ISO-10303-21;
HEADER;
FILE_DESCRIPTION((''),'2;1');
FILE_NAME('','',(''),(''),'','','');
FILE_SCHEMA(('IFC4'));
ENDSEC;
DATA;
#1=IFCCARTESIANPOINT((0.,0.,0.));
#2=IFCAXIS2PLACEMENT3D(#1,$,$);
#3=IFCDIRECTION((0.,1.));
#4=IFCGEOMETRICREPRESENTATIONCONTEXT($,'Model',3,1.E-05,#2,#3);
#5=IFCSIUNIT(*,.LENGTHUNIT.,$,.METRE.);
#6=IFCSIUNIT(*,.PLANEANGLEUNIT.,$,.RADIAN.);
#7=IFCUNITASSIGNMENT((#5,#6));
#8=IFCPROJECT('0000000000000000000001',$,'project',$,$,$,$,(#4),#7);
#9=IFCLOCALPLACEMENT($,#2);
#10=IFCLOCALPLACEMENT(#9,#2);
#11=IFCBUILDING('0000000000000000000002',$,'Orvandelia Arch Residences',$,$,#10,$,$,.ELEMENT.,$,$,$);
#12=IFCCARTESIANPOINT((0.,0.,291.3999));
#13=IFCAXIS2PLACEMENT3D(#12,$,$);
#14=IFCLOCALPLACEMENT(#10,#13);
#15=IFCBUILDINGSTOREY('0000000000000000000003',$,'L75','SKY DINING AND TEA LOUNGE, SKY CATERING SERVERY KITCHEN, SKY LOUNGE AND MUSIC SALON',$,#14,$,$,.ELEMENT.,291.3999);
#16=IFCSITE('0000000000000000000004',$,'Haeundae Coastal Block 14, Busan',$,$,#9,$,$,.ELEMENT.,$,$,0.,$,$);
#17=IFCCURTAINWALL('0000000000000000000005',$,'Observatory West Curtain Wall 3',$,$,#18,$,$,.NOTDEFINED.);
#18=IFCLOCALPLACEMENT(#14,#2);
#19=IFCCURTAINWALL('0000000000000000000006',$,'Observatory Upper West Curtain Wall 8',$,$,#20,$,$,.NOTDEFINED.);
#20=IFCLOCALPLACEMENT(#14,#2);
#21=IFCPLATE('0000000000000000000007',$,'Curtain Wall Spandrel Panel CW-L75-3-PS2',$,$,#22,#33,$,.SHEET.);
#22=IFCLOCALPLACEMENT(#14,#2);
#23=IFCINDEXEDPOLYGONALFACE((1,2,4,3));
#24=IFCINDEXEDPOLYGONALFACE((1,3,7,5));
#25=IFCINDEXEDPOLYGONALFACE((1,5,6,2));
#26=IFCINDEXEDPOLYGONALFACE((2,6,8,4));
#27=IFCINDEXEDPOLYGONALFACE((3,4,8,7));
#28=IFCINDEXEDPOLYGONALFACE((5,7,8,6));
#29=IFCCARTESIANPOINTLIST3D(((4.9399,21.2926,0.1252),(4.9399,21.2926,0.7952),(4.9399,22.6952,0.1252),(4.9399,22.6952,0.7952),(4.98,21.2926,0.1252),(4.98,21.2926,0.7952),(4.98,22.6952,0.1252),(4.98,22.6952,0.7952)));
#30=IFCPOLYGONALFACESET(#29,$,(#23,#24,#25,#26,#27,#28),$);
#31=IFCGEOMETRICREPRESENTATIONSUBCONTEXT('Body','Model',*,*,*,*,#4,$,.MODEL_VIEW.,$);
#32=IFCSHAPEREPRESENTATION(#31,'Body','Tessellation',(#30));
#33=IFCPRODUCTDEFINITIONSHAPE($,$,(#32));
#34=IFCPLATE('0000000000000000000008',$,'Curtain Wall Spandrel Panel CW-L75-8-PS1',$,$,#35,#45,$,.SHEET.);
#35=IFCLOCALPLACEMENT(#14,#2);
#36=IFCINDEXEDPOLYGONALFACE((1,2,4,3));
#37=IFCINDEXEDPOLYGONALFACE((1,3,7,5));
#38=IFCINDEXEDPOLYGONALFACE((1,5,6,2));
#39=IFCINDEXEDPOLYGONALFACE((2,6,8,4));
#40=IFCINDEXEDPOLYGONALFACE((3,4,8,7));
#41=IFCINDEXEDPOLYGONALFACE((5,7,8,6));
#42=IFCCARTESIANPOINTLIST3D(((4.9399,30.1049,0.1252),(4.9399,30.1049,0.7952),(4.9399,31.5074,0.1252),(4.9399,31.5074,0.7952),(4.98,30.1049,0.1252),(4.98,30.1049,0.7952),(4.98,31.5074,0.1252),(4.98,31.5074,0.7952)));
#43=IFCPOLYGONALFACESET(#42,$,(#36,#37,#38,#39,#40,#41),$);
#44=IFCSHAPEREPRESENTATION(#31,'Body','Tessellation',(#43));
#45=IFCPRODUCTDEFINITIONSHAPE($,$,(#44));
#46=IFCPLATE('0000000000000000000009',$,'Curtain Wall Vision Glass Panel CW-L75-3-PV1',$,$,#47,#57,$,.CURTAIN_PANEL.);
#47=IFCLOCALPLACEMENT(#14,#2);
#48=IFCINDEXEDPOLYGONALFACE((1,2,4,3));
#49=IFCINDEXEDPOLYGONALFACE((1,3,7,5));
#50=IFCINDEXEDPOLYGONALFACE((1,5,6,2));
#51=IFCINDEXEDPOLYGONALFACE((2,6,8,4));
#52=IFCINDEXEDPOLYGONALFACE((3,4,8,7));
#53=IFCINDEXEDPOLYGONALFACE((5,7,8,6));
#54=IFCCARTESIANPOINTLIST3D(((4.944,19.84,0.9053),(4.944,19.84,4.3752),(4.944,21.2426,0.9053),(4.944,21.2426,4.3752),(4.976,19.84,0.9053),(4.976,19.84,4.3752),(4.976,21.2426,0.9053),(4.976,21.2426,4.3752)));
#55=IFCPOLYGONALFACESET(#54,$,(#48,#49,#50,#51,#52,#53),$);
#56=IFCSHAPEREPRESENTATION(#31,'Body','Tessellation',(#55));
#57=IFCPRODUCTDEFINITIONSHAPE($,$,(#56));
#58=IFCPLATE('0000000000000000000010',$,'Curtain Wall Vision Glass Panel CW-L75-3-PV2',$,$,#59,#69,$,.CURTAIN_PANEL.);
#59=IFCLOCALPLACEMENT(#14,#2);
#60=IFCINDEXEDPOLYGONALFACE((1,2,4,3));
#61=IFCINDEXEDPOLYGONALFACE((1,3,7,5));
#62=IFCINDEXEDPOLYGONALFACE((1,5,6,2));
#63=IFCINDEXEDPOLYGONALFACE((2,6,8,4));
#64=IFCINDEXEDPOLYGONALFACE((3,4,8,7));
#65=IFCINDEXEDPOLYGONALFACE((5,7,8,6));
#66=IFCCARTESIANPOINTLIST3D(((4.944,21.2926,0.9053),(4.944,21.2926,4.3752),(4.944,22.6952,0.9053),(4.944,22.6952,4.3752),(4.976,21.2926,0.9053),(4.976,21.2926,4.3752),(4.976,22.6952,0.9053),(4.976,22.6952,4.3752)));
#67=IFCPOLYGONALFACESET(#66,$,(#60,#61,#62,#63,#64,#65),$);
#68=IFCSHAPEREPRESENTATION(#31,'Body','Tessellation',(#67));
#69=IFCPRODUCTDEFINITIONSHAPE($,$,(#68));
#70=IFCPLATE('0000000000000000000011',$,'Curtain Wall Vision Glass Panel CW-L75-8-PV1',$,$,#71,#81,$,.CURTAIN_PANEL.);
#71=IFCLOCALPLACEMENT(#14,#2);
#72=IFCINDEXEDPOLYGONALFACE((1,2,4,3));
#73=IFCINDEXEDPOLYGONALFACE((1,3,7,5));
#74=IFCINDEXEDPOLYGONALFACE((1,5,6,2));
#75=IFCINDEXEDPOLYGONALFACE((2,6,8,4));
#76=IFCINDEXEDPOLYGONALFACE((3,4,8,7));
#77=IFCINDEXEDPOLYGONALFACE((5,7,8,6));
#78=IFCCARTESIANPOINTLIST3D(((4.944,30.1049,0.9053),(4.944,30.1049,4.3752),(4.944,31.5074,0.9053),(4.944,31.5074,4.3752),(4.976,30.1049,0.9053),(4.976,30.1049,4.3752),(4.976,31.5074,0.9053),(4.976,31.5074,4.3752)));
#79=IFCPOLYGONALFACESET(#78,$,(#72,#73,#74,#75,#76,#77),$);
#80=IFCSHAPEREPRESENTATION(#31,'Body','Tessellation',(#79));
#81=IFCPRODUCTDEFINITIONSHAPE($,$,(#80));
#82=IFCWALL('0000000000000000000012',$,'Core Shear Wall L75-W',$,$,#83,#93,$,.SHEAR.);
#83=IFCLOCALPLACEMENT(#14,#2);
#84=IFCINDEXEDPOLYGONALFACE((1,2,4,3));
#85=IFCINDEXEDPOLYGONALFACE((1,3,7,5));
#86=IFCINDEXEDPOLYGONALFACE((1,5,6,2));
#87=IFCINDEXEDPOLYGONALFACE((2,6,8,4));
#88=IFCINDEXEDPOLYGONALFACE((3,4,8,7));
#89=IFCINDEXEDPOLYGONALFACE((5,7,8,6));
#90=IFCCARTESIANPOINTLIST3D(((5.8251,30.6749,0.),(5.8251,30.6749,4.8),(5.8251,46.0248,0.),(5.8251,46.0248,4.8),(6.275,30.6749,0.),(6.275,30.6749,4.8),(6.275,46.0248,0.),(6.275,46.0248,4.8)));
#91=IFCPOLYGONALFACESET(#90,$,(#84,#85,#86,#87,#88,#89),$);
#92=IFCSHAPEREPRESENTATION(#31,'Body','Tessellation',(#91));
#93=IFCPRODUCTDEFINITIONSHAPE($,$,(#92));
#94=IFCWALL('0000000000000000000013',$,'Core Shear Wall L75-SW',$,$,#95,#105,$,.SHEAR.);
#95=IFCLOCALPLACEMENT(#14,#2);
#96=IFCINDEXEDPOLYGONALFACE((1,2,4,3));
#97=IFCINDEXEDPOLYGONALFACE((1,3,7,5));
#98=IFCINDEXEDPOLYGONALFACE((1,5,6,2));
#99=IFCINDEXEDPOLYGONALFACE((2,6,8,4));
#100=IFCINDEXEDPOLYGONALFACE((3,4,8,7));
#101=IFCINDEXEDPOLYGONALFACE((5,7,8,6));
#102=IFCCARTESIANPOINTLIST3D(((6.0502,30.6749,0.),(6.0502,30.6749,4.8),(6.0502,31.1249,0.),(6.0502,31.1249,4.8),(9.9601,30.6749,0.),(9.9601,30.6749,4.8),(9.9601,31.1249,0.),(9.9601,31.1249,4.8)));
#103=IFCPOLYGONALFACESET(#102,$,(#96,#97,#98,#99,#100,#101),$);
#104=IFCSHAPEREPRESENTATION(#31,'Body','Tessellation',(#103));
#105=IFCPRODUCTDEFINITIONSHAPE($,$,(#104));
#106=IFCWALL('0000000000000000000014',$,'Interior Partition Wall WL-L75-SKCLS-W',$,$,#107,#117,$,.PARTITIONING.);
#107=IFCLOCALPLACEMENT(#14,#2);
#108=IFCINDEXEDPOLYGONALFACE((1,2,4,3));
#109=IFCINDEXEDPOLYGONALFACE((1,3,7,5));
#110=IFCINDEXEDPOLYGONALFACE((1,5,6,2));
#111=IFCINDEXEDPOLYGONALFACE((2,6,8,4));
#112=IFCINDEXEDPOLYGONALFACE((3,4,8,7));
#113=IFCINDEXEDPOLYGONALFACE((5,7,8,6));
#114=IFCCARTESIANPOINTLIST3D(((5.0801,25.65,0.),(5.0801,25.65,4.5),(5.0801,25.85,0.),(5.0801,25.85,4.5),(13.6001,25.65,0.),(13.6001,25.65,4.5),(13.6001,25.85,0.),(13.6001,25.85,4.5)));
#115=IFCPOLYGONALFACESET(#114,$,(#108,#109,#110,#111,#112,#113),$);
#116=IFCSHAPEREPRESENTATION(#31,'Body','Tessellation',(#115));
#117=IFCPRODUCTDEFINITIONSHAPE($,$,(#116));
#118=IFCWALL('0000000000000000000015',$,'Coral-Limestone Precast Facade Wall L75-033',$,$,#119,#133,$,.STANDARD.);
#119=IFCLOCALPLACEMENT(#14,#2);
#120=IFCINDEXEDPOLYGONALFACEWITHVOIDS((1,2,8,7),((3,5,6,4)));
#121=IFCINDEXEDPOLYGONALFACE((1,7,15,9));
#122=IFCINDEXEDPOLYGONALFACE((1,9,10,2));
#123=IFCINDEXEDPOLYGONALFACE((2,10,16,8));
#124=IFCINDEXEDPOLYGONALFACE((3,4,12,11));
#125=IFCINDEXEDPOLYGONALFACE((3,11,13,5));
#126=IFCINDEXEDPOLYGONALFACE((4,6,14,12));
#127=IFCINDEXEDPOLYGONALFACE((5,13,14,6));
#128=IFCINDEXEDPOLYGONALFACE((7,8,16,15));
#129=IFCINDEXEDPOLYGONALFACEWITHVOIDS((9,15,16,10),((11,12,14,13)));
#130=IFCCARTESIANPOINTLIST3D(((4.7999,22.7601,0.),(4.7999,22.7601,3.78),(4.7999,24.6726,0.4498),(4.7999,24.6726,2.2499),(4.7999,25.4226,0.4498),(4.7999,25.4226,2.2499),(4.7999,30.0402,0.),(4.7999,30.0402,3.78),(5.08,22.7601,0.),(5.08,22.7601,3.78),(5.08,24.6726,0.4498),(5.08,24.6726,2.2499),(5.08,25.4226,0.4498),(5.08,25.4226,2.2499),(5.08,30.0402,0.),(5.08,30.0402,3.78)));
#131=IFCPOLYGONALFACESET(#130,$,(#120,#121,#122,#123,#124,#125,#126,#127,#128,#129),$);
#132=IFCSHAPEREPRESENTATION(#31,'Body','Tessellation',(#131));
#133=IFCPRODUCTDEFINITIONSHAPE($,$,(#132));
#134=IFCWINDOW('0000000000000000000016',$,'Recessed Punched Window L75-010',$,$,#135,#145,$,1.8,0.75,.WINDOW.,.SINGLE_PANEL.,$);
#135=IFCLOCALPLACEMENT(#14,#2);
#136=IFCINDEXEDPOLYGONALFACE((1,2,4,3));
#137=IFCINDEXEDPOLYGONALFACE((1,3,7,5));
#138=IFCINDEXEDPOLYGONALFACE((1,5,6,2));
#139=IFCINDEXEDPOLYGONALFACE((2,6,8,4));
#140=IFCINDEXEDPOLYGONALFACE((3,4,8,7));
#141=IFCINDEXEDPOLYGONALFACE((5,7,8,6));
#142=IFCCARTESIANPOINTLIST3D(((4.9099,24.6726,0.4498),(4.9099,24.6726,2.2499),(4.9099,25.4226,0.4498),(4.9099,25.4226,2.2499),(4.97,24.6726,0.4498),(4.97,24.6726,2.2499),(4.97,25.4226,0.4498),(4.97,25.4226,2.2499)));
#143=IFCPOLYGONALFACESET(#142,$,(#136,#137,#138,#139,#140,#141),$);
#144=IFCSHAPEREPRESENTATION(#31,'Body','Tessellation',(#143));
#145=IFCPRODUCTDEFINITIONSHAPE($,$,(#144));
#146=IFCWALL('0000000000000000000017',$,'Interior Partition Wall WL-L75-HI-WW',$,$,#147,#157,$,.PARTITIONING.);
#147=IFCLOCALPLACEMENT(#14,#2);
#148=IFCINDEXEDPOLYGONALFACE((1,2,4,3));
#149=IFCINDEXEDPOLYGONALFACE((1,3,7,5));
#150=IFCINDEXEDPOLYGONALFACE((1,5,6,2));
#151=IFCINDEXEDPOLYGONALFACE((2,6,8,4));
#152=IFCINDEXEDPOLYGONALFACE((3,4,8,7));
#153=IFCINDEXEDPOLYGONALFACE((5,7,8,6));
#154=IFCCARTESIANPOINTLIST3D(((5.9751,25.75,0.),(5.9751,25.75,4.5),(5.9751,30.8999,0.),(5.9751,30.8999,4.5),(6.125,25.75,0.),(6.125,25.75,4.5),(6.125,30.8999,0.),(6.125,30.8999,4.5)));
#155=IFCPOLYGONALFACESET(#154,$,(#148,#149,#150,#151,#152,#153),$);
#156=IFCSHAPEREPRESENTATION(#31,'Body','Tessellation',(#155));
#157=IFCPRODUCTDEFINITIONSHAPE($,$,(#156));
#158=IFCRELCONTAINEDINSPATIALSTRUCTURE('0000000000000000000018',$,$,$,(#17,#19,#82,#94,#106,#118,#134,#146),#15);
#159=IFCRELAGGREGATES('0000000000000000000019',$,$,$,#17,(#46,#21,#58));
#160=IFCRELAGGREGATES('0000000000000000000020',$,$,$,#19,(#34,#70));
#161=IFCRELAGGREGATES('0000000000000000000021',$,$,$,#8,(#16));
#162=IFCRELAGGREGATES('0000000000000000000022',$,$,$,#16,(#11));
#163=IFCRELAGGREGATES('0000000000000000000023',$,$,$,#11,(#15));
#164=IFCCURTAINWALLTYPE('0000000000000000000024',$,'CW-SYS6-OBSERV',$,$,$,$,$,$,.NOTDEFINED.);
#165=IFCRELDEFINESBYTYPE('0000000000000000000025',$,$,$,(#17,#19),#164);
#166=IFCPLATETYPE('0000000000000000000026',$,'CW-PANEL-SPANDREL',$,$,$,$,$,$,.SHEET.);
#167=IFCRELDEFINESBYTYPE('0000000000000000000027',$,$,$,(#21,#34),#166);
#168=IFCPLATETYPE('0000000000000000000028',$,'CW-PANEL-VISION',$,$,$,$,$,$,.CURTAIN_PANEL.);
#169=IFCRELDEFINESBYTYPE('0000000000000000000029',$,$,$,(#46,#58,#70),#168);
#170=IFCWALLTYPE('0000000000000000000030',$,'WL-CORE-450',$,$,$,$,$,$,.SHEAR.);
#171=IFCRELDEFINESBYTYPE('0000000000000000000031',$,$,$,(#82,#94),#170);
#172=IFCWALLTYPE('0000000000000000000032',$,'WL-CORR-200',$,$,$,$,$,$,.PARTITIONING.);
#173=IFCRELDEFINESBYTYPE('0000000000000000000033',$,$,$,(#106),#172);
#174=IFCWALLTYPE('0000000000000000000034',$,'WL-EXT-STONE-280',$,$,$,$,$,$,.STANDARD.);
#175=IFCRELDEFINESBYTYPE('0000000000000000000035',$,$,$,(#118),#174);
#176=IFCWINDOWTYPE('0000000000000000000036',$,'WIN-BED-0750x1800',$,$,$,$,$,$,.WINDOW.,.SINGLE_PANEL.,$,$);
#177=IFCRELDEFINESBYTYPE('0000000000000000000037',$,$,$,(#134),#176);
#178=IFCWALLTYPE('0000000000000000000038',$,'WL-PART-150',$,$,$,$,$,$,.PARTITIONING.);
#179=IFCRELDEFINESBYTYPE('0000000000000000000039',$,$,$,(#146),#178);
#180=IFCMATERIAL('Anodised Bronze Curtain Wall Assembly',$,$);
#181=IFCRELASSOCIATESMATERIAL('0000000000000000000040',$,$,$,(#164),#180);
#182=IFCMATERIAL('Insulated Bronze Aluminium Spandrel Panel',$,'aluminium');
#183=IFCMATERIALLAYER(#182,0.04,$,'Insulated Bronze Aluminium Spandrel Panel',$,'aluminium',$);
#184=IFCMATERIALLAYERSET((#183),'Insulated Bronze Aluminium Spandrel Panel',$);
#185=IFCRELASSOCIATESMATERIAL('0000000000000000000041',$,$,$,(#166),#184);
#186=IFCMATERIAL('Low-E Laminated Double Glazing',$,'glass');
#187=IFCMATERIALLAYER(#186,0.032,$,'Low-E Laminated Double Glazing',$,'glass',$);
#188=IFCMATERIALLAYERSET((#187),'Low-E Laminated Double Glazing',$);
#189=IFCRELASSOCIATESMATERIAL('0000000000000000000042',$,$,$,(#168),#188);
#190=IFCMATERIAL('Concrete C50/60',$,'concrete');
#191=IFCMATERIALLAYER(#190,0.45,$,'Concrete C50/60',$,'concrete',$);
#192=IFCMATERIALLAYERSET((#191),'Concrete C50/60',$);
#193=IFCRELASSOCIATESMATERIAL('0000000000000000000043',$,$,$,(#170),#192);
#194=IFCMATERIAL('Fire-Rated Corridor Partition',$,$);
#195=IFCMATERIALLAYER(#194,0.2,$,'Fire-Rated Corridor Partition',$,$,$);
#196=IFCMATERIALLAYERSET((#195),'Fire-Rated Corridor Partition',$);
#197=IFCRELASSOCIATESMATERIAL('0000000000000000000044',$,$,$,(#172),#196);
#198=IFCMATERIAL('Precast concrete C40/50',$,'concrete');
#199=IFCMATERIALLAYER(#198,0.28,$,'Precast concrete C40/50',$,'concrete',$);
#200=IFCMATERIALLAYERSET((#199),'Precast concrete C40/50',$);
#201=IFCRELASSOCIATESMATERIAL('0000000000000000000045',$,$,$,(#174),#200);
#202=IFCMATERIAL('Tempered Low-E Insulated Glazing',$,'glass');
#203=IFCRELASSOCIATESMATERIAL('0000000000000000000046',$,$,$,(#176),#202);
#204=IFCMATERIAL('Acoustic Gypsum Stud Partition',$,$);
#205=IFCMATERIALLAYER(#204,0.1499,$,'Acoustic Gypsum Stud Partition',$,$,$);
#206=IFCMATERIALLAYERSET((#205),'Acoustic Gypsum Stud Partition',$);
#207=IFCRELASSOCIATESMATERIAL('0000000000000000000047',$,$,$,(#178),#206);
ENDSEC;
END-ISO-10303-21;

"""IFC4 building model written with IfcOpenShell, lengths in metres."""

from ifc_helpers import new_model, si_unit, direction, frame, frame_2d, origin, origin_2d, place, context, subcontext, project, spatial, rectangle, extrude, material, layer, layer_set, type_object, element, fill, aggregate, save


model = new_model("IFC4")

# Units and contexts
model_context = context("Model", 3, precision=1e-05, world=origin(), true_north=direction((0.0, 1.0)))
body_context = subcontext(model_context, "Body", "Model", "MODEL_VIEW")
ifc_project = project(units=[si_unit("LENGTHUNIT", "METRE"), si_unit("PLANEANGLEUNIT", "RADIAN")], contexts=[model_context])

# Site, building, storey
site_placement = place(None, origin())
site = spatial("IfcSite", under=ifc_project, at=site_placement, Name="Haeundae Coastal Block 14, Busan", CompositionType="ELEMENT", RefElevation=0.0)
building_placement = place(site_placement, origin())
building = spatial("IfcBuilding", under=site, at=building_placement, Name="Orvandelia Arch Residences", CompositionType="ELEMENT")
storey_placement = place(building_placement, frame((0.0, 0.0, 291.3999)))
storey = spatial("IfcBuildingStorey", under=building, at=storey_placement, Name="L75", Description="SKY DINING AND TEA LOUNGE, SKY CATERING SERVERY KITCHEN, SKY LOUNGE AND MUSIC SALON", CompositionType="ELEMENT", Elevation=291.3999)

# Shared definitions
ifc_material_1 = material(Name="Concrete C50/60", Category="concrete")

# Curtain wall
ifc_material_2 = material(Name="Anodised Bronze Curtain Wall Assembly")
curtain_wall_type = type_object("IfcCurtainWallType", Name="CW-SYS6-OBSERV", PredefinedType="NOTDEFINED", material=ifc_material_2)
curtain_wall_1_placement = place(storey_placement, origin())
curtain_wall_1 = element("IfcCurtainWall", 1, at=curtain_wall_1_placement, inside=storey, type_object=curtain_wall_type, Name="Observatory West Curtain Wall 3", PredefinedType="NOTDEFINED")

# Curtain wall
curtain_wall_2_placement = place(storey_placement, origin())
curtain_wall_2 = element("IfcCurtainWall", 2, at=curtain_wall_2_placement, inside=storey, type_object=curtain_wall_type, Name="Observatory Upper West Curtain Wall 8", PredefinedType="NOTDEFINED")

# Plates
ifc_material_3 = material(Name="Insulated Bronze Aluminium Spandrel Panel", Category="aluminium")
ifc_layer_1 = layer(ifc_material_3, 0.04, Name="Insulated Bronze Aluminium Spandrel Panel", Category="aluminium")
ifc_layer_set_1 = layer_set([ifc_layer_1], Name="Insulated Bronze Aluminium Spandrel Panel")
plate_type_1 = type_object("IfcPlateType", Name="CW-PANEL-SPANDREL", PredefinedType="SHEET", material=ifc_layer_set_1)
plate_1_placement = place(storey_placement, frame((4.96, 21.9939, 0.1252), z_axis=(0.0, 0.0, 1.0), x_axis=(0.0, 1.0, 0.0)))
plate_1 = element("IfcPlate", 3, at=plate_1_placement, type_object=plate_type_1, Name="Curtain Wall Spandrel Panel CW-L75-3-PS2", PredefinedType="SHEET", context=body_context, shape_type="SweptSolid", body=[
    extrude(rectangle(XDim=1.4026, YDim=0.04, at=origin_2d()), origin(), (0.0, 0.0, 1.0), 0.6699),
])
plate_2_placement = place(storey_placement, frame((4.96, 30.8062, 0.1252), z_axis=(0.0, 0.0, 1.0), x_axis=(0.0, 1.0, 0.0)))
plate_2 = element("IfcPlate", 4, at=plate_2_placement, type_object=plate_type_1, Name="Curtain Wall Spandrel Panel CW-L75-8-PS1", PredefinedType="SHEET", context=body_context, shape_type="SweptSolid", body=[
    extrude(rectangle(XDim=1.4026, YDim=0.04, at=origin_2d()), origin(), (0.0, 0.0, 1.0), 0.6699),
])
ifc_material_4 = material(Name="Low-E Laminated Double Glazing", Category="glass")
ifc_layer_2 = layer(ifc_material_4, 0.032, Name="Low-E Laminated Double Glazing", Category="glass")
ifc_layer_set_2 = layer_set([ifc_layer_2], Name="Low-E Laminated Double Glazing")
plate_type_2 = type_object("IfcPlateType", Name="CW-PANEL-VISION", PredefinedType="CURTAIN_PANEL", material=ifc_layer_set_2)
plate_3_placement = place(storey_placement, frame((4.96, 20.5413, 0.9053), z_axis=(0.0, 0.0, 1.0), x_axis=(0.0, 1.0, 0.0)))
plate_3 = element("IfcPlate", 5, at=plate_3_placement, type_object=plate_type_2, Name="Curtain Wall Vision Glass Panel CW-L75-3-PV1", PredefinedType="CURTAIN_PANEL", context=body_context, shape_type="SweptSolid", body=[
    extrude(rectangle(XDim=1.4026, YDim=0.032, at=origin_2d()), origin(), (0.0, 0.0, 1.0), 3.47),
])
plate_4_placement = place(storey_placement, frame((4.96, 21.9939, 0.9053), z_axis=(0.0, 0.0, 1.0), x_axis=(0.0, 1.0, 0.0)))
plate_4 = element("IfcPlate", 6, at=plate_4_placement, type_object=plate_type_2, Name="Curtain Wall Vision Glass Panel CW-L75-3-PV2", PredefinedType="CURTAIN_PANEL", context=body_context, shape_type="SweptSolid", body=[
    extrude(rectangle(XDim=1.4026, YDim=0.032, at=origin_2d()), origin(), (0.0, 0.0, 1.0), 3.47),
])
aggregate(curtain_wall_1, [plate_3, plate_1, plate_4])
plate_5_placement = place(storey_placement, frame((4.96, 30.8062, 0.9053), z_axis=(0.0, 0.0, 1.0), x_axis=(0.0, 1.0, 0.0)))
plate_5 = element("IfcPlate", 7, at=plate_5_placement, type_object=plate_type_2, Name="Curtain Wall Vision Glass Panel CW-L75-8-PV1", PredefinedType="CURTAIN_PANEL", context=body_context, shape_type="SweptSolid", body=[
    extrude(rectangle(XDim=1.4026, YDim=0.032, at=origin_2d()), origin(), (0.0, 0.0, 1.0), 3.47),
])
aggregate(curtain_wall_2, [plate_2, plate_5])

# Walls
ifc_layer_3 = layer(ifc_material_1, 0.45, Name="Concrete C50/60", Category="concrete")
ifc_layer_set_3 = layer_set([ifc_layer_3], Name="Concrete C50/60")
wall_type_1 = type_object("IfcWallType", Name="WL-CORE-450", PredefinedType="SHEAR", material=ifc_layer_set_3)
wall_1_placement = place(storey_placement, frame((6.05, 30.675, 0.0), z_axis=(0.0, 0.0, 1.0), x_axis=(0.0, 1.0, 0.0)))
element("IfcWall", 8, at=wall_1_placement, inside=storey, type_object=wall_type_1, Name="Core Shear Wall L75-W", PredefinedType="SHEAR", context=body_context, shape_type="SweptSolid", body=[
    extrude(rectangle(XDim=15.3499, YDim=0.45, at=frame_2d((7.6748, 0.0))), origin(), (0.0, 0.0, 1.0), 4.8),
])
wall_2_placement = place(storey_placement, frame((6.05, 30.8999, 0.0), z_axis=(0.0, 0.0, 1.0), x_axis=(1.0, 0.0, 0.0)))
element("IfcWall", 9, at=wall_2_placement, inside=storey, type_object=wall_type_1, Name="Core Shear Wall L75-SW", PredefinedType="SHEAR", context=body_context, shape_type="SweptSolid", body=[
    extrude(rectangle(XDim=3.9099, YDim=0.45, at=frame_2d((1.9551, 0.0))), origin(), (0.0, 0.0, 1.0), 4.8),
])
ifc_material_5 = material(Name="Fire-Rated Corridor Partition")
ifc_layer_4 = layer(ifc_material_5, 0.2, Name="Fire-Rated Corridor Partition")
ifc_layer_set_4 = layer_set([ifc_layer_4], Name="Fire-Rated Corridor Partition")
wall_type_2 = type_object("IfcWallType", Name="WL-CORR-200", PredefinedType="PARTITIONING", material=ifc_layer_set_4)
wall_3_placement = place(storey_placement, frame((5.0801, 25.75, 0.0), z_axis=(0.0, 0.0, 1.0), x_axis=(1.0, 0.0, 0.0)))
element("IfcWall", 10, at=wall_3_placement, inside=storey, type_object=wall_type_2, Name="Interior Partition Wall WL-L75-SKCLS-W", PredefinedType="PARTITIONING", context=body_context, shape_type="SweptSolid", body=[
    extrude(rectangle(XDim=8.52, YDim=0.2, at=frame_2d((4.26, 0.0))), origin(), (0.0, 0.0, 1.0), 4.5),
])

# Wall, opening, window
ifc_material_6 = material(Name="Precast concrete C40/50", Category="concrete")
ifc_layer_5 = layer(ifc_material_6, 0.28, Name="Precast concrete C40/50", Category="concrete")
ifc_layer_set_5 = layer_set([ifc_layer_5], Name="Precast concrete C40/50")
wall_type_3 = type_object("IfcWallType", Name="WL-EXT-STONE-280", PredefinedType="STANDARD", material=ifc_layer_set_5)
wall_4_placement = place(storey_placement, frame((4.9399, 22.76, 0.0), z_axis=(0.0, 0.0, 1.0), x_axis=(0.0, 1.0, 0.0)))
wall_4 = element("IfcWall", 11, at=wall_4_placement, inside=storey, type_object=wall_type_3, Name="Coral-Limestone Precast Facade Wall L75-033", PredefinedType="STANDARD", context=body_context, shape_type="SweptSolid", body=[
    extrude(rectangle(XDim=7.28, YDim=0.28, at=frame_2d((3.6401, 0.0))), origin(), (0.0, 0.0, 1.0), 3.78),
])
opening_placement = place(wall_4_placement, frame((1.9126, 0.0, 0.45)))
opening = element("IfcOpeningElement", 12, at=opening_placement, cuts=wall_4, PredefinedType="OPENING", context=body_context, shape_type="SweptSolid", body=[
    extrude(rectangle(XDim=0.75, YDim=1.8, at=frame_2d((0.375, 0.8999))), frame((0.0, 0.1499, 0.0), z_axis=(0.0, -1.0, 0.0), x_axis=(1.0, 0.0, 0.0)), (0.0, 0.0, 1.0), 0.3),
])
ifc_material_7 = material(Name="Tempered Low-E Insulated Glazing", Category="glass")
window_type = type_object("IfcWindowType", Name="WIN-BED-0750x1800", PartitioningType="SINGLE_PANEL", PredefinedType="WINDOW", material=ifc_material_7)
window_placement = place(opening_placement, origin())
window = element("IfcWindow", 13, at=window_placement, inside=storey, type_object=window_type, Name="Recessed Punched Window L75-010", OverallHeight=1.8, OverallWidth=0.75, PartitioningType="SINGLE_PANEL", PredefinedType="WINDOW", context=body_context, shape_type="SweptSolid", body=[
    extrude(rectangle(XDim=0.75, YDim=1.8, at=frame_2d((0.375, 0.8999))), frame((0.0, 0.03, 0.0), z_axis=(0.0, -1.0, 0.0), x_axis=(1.0, 0.0, 0.0)), (0.0, 0.0, 1.0), 0.0601),
])
fill(opening, window)

# Wall
ifc_material_8 = material(Name="Acoustic Gypsum Stud Partition")
ifc_layer_6 = layer(ifc_material_8, 0.1499, Name="Acoustic Gypsum Stud Partition")
ifc_layer_set_6 = layer_set([ifc_layer_6], Name="Acoustic Gypsum Stud Partition")
wall_type_4 = type_object("IfcWallType", Name="WL-PART-150", PredefinedType="PARTITIONING", material=ifc_layer_set_6)
wall_5_placement = place(storey_placement, frame((6.05, 25.75, 0.0), z_axis=(0.0, 0.0, 1.0), x_axis=(0.0, 1.0, 0.0)))
element("IfcWall", 14, at=wall_5_placement, inside=storey, type_object=wall_type_4, Name="Interior Partition Wall WL-L75-HI-WW", PredefinedType="PARTITIONING", context=body_context, shape_type="SweptSolid", body=[
    extrude(rectangle(XDim=5.1499, YDim=0.1499, at=frame_2d((2.575, 0.0))), origin(), (0.0, 0.0, 1.0), 4.5),
])

save(model, "model.ifc")
